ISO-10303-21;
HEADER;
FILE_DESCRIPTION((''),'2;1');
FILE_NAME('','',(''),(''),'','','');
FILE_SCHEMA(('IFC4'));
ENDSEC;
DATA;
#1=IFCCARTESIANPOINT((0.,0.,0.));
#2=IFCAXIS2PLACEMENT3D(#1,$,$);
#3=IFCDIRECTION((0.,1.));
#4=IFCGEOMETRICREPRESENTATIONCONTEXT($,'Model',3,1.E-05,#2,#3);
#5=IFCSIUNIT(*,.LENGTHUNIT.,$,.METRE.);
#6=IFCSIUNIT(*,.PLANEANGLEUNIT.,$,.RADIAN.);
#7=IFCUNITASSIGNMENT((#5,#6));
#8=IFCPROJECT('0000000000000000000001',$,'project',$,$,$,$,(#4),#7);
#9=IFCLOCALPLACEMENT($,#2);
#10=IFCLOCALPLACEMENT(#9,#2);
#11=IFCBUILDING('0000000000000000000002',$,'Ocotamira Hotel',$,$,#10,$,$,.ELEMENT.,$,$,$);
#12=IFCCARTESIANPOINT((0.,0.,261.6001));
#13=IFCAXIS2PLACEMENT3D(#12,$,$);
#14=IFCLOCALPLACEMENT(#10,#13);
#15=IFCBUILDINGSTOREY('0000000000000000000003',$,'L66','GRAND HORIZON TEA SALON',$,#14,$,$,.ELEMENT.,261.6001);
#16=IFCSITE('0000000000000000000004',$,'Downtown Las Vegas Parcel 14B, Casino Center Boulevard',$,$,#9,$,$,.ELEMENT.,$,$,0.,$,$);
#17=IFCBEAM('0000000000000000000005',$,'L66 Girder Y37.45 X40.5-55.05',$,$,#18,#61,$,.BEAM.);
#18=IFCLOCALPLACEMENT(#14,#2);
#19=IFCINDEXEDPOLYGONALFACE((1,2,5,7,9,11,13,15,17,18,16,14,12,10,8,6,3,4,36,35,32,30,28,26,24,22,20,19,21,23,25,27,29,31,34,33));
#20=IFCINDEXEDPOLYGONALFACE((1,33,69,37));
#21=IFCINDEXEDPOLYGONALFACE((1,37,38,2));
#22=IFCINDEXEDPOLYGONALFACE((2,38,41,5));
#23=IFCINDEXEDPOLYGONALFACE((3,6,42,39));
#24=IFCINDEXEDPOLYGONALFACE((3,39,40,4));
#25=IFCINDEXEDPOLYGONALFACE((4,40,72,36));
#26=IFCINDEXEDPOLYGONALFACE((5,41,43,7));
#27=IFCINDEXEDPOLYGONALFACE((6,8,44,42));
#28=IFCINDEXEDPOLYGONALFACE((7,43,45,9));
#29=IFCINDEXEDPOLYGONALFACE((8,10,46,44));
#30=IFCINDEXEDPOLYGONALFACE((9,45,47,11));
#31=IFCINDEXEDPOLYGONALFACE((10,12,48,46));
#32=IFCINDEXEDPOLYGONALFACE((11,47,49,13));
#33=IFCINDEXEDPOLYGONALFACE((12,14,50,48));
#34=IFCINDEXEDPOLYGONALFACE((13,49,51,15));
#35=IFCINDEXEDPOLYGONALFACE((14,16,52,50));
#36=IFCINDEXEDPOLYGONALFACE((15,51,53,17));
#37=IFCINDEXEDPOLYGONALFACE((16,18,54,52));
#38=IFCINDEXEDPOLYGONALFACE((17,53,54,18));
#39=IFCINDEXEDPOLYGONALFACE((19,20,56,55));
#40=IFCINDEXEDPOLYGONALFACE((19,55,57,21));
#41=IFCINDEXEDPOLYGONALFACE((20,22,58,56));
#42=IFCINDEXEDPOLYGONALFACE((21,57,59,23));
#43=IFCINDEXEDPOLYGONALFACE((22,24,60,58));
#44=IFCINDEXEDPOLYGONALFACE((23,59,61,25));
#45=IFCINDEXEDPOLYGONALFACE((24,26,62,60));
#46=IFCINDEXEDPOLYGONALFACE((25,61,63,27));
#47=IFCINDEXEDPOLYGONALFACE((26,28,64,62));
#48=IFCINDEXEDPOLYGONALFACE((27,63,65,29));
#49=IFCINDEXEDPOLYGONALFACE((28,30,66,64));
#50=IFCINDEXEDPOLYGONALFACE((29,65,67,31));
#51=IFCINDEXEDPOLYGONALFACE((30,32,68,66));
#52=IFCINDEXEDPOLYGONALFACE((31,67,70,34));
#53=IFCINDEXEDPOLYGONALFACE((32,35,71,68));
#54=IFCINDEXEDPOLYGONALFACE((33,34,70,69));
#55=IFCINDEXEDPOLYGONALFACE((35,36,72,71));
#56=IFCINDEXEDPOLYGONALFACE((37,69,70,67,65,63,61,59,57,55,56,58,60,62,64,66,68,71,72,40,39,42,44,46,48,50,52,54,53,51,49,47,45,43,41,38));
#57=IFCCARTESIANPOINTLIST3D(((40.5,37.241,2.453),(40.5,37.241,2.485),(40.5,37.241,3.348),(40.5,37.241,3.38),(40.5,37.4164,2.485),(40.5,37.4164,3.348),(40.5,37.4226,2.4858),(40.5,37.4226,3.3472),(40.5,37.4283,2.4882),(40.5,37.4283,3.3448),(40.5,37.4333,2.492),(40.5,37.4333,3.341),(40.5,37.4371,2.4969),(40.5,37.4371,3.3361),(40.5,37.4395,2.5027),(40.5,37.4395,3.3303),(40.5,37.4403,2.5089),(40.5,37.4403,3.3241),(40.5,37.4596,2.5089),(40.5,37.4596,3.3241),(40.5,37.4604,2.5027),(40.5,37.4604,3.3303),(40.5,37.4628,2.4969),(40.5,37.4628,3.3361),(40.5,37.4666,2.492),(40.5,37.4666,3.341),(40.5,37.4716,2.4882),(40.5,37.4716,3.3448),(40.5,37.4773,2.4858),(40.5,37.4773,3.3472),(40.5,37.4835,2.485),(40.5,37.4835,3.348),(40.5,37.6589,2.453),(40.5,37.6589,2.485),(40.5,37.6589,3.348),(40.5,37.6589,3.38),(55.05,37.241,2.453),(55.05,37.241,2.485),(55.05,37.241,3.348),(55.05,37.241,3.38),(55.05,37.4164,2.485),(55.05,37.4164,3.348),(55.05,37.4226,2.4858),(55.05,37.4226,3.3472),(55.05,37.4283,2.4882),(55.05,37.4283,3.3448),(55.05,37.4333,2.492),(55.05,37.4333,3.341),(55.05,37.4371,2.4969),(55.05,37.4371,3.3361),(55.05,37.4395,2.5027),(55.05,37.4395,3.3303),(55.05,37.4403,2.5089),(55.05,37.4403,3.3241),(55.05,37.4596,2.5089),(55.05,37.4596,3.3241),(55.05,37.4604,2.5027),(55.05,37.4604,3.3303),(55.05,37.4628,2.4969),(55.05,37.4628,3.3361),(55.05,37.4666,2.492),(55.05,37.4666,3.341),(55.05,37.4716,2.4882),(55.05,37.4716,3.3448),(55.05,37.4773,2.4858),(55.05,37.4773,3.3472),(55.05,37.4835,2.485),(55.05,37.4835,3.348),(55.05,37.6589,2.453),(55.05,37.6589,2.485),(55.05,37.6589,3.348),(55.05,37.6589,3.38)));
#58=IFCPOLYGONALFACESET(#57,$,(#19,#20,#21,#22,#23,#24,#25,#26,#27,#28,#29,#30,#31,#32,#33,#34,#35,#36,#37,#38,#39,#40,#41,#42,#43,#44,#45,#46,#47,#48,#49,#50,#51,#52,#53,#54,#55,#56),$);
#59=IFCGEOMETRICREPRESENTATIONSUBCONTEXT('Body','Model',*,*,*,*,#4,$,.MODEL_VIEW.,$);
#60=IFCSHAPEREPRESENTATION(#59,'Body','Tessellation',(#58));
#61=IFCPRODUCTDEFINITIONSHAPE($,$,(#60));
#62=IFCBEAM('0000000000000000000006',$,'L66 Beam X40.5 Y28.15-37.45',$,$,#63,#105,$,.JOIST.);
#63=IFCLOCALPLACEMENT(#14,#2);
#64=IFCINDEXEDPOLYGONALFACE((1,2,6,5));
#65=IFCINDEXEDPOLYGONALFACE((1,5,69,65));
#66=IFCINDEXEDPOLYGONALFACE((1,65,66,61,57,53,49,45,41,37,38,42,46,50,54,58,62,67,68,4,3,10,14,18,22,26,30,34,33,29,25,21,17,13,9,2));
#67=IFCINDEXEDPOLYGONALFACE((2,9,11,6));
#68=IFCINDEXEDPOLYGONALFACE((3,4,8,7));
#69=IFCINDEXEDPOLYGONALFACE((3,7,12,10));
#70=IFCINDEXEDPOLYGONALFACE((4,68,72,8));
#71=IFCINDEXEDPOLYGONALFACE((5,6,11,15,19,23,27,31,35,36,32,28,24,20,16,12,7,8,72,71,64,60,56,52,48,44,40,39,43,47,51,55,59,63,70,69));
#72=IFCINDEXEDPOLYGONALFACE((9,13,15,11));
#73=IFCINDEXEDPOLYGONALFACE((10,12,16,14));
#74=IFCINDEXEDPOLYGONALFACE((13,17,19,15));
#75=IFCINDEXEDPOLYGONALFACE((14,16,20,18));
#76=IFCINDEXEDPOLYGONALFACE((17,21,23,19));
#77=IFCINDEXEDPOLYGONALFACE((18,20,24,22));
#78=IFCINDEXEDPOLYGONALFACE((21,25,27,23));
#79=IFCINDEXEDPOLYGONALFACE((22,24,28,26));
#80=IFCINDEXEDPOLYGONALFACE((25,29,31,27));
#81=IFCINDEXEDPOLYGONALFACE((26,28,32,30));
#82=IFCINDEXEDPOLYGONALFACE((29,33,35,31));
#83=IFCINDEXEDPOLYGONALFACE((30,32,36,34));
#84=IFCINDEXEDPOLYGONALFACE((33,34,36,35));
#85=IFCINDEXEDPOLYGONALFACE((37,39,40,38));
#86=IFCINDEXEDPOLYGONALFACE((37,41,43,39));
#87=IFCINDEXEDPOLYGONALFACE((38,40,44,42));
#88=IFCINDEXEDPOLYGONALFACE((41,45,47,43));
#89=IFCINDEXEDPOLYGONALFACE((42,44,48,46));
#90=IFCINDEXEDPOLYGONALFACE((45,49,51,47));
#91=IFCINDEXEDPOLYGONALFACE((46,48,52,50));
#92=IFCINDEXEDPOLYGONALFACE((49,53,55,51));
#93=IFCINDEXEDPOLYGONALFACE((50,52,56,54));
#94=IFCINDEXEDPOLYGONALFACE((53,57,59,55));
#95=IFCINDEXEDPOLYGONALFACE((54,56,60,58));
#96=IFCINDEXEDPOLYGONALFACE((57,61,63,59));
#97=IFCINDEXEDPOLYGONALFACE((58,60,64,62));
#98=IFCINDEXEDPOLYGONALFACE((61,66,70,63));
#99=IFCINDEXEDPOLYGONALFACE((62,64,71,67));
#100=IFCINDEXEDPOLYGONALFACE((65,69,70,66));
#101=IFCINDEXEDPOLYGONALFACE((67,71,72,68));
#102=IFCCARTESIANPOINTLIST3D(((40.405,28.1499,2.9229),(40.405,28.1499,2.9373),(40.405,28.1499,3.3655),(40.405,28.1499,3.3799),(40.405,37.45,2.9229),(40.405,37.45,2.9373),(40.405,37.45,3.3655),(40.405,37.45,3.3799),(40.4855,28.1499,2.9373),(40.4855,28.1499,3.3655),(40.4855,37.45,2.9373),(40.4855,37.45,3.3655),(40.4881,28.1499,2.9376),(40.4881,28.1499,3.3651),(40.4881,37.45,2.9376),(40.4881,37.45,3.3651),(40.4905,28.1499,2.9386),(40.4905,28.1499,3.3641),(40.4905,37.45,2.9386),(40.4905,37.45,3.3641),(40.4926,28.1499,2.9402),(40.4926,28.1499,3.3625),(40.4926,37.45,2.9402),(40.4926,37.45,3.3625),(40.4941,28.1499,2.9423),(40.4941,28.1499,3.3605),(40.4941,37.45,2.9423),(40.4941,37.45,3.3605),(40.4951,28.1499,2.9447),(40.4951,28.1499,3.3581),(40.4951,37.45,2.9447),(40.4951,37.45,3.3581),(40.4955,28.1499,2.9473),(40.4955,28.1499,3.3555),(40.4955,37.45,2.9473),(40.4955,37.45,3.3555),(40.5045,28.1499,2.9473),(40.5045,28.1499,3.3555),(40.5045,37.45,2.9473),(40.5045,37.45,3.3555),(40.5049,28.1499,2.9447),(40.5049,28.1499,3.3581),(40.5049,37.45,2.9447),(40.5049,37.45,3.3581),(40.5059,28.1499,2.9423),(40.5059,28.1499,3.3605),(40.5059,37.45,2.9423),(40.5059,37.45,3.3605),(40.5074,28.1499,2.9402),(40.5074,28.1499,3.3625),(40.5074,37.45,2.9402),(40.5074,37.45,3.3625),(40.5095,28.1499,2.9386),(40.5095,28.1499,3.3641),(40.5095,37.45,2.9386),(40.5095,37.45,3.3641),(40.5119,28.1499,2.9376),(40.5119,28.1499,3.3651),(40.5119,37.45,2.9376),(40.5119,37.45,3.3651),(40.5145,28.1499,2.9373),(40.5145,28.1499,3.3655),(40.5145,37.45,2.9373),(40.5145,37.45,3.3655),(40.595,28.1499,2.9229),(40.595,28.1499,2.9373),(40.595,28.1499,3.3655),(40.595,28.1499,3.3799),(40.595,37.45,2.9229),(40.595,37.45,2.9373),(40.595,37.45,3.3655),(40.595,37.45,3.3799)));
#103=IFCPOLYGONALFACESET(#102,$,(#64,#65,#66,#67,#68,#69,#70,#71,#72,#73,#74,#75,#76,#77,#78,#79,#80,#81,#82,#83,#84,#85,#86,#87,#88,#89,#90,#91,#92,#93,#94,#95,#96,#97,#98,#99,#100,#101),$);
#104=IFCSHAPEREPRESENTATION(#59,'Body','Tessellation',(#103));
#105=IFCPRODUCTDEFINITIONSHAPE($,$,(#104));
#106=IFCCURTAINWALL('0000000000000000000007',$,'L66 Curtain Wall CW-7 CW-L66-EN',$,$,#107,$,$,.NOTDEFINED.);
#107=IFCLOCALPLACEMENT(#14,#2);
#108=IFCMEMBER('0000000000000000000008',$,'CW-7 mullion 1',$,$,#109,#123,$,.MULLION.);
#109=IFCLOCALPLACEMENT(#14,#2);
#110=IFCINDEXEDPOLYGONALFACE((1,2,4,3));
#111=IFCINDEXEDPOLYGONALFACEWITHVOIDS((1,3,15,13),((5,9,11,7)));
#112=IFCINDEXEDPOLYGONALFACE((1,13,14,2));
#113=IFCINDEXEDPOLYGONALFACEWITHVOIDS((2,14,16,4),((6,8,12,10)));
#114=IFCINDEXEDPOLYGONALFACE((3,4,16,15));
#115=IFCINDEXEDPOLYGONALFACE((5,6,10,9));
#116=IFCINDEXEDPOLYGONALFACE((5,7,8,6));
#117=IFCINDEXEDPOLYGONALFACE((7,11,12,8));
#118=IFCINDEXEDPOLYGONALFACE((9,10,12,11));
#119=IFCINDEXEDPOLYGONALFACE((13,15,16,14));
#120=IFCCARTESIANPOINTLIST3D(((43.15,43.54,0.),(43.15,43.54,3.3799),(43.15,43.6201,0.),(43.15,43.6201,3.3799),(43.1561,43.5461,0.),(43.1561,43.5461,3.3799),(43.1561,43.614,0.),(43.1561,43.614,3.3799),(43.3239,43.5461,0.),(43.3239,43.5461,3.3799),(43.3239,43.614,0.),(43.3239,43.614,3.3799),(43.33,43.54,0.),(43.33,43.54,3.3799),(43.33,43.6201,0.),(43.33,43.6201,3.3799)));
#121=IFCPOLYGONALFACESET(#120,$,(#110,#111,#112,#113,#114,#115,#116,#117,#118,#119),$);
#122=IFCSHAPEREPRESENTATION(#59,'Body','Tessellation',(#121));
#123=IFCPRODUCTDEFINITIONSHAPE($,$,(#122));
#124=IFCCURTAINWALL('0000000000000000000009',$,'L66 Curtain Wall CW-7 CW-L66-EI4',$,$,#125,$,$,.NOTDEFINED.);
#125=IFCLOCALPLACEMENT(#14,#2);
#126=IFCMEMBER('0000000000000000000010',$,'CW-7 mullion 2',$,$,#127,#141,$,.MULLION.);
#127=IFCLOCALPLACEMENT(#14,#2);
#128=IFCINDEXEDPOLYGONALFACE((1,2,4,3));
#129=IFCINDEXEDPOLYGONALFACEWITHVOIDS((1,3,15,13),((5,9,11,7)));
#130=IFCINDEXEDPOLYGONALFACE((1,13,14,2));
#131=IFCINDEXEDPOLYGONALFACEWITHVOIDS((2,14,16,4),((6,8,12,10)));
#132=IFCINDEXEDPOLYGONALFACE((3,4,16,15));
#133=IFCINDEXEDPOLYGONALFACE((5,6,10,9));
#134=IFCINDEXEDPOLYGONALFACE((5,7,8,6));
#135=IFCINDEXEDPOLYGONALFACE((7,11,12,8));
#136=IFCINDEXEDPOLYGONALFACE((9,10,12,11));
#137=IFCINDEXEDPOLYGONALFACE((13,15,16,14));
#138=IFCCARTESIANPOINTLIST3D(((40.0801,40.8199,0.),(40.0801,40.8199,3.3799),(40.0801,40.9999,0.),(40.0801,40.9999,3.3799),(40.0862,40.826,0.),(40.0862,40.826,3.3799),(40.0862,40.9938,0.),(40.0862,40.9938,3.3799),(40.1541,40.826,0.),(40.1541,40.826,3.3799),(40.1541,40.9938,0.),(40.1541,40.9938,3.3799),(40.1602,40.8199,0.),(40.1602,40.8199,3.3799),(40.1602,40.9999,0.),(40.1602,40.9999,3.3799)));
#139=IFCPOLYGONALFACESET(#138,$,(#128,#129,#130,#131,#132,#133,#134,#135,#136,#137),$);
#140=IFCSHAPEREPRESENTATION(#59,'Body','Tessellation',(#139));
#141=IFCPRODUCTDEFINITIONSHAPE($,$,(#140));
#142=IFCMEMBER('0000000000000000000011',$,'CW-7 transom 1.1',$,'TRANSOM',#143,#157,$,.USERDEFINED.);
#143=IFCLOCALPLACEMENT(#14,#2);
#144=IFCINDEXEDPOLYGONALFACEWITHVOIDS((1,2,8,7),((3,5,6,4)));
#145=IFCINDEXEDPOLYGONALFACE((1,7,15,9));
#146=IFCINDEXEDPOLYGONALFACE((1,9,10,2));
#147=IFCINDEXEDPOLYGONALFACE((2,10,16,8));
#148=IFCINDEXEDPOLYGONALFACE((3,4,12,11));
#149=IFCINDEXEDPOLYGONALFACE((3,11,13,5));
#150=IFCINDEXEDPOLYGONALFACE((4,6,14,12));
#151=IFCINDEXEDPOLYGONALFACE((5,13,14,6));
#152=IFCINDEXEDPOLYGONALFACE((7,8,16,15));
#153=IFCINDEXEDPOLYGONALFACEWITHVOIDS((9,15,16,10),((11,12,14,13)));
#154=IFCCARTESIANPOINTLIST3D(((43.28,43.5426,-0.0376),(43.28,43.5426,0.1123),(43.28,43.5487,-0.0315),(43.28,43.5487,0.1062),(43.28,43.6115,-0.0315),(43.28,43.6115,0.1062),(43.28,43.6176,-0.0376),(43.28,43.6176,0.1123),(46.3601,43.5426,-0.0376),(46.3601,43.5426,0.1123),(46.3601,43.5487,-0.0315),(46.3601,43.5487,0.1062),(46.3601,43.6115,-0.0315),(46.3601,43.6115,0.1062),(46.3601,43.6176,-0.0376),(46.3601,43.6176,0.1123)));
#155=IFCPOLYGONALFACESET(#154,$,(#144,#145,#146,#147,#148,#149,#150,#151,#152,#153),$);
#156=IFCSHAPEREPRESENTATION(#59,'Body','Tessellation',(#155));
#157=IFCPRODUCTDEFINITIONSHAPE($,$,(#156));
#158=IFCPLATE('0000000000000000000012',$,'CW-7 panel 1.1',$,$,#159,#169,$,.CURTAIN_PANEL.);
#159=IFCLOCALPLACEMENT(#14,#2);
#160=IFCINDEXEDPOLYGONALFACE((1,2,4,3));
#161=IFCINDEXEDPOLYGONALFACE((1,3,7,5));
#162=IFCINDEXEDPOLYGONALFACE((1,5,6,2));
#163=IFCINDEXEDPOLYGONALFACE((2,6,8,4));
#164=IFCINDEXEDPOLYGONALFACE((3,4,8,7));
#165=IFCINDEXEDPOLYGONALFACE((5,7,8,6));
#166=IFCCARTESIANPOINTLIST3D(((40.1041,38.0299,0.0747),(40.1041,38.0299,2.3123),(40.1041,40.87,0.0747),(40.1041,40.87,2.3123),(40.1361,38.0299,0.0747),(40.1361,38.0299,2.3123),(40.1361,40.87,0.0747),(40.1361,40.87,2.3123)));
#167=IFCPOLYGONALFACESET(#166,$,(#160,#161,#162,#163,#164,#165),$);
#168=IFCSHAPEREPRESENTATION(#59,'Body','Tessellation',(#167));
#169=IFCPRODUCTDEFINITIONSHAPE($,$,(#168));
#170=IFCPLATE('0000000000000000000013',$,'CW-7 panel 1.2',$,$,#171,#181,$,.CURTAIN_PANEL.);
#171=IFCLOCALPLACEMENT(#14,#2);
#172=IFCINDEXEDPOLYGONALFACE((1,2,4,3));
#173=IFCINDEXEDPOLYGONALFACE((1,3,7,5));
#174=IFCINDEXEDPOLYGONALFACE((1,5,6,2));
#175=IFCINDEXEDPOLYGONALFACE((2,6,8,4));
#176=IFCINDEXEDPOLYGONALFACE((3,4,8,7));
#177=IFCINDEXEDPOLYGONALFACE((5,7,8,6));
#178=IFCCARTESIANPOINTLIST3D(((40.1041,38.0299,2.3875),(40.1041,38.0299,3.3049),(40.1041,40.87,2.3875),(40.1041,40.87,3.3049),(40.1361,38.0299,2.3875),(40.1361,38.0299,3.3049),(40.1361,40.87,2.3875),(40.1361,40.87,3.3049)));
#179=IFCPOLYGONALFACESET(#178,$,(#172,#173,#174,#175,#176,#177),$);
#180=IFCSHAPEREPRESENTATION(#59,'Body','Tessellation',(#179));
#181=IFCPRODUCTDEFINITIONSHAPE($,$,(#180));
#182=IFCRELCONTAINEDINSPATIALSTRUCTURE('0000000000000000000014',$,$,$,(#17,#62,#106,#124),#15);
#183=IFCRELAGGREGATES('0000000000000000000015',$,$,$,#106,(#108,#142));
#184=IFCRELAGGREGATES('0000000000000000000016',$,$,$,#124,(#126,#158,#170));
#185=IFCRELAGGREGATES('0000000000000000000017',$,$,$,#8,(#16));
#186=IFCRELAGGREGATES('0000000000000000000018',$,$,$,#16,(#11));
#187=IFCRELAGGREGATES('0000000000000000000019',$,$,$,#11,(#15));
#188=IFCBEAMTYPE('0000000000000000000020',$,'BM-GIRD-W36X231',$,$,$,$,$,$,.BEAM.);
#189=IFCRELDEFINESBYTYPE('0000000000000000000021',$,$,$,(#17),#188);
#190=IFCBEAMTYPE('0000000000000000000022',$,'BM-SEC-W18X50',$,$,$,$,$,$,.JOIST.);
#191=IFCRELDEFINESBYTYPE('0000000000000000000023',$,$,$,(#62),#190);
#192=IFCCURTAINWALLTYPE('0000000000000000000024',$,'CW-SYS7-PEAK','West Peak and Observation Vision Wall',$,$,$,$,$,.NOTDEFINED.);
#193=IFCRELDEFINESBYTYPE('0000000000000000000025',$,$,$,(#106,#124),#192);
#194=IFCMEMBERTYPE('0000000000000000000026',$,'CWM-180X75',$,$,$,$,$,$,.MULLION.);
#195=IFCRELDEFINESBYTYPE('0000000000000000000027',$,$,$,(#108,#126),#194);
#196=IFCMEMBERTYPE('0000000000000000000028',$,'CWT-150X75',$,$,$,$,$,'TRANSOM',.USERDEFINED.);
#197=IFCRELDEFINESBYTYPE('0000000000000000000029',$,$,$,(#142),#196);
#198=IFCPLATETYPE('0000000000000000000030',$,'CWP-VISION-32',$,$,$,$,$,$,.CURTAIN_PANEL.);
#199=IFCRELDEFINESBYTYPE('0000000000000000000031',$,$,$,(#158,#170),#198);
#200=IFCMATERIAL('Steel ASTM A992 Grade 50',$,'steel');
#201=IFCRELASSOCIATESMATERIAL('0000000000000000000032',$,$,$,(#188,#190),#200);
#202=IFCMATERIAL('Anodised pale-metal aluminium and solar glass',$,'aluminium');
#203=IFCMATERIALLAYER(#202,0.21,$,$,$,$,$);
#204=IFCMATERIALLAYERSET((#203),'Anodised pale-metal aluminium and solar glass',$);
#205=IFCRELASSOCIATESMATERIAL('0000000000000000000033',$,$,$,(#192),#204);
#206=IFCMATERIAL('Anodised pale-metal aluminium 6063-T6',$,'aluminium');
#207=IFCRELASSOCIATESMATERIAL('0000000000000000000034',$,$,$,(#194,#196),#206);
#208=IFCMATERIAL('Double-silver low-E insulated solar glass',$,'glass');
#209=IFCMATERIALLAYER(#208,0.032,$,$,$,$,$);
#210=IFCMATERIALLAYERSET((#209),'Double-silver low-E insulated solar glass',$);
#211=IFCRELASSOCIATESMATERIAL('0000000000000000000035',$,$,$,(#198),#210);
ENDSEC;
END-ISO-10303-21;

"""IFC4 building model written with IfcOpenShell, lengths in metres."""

from ifc_helpers import new_model, si_unit, direction, frame, origin, origin_2d, place, context, subcontext, project, spatial, rectangle, hollow_rectangle, i_section, extrude, source, transform, mapped, material, layer, layer_set, material_profile, profile_set, type_object, element, aggregate, save


model = new_model("IFC4")

# Units and contexts
model_context = context("Model", 3, precision=1e-05, world=origin(), true_north=direction((0.0, 1.0)))
body_context = subcontext(model_context, "Body", "Model", "MODEL_VIEW")
ifc_project = project(units=[si_unit("LENGTHUNIT", "METRE"), si_unit("PLANEANGLEUNIT", "RADIAN")], contexts=[model_context])

# Site, building, storey
site_placement = place(None, origin())
site = spatial("IfcSite", under=ifc_project, at=site_placement, Name="Downtown Las Vegas Parcel 14B, Casino Center Boulevard", CompositionType="ELEMENT", RefElevation=0.0)
building_placement = place(site_placement, origin())
building = spatial("IfcBuilding", under=site, at=building_placement, Name="Ocotamira Hotel", CompositionType="ELEMENT")
storey_placement = place(building_placement, frame((0.0, 0.0, 261.6001)))
storey = spatial("IfcBuildingStorey", under=building, at=storey_placement, Name="L66", Description="GRAND HORIZON TEA SALON", CompositionType="ELEMENT", Elevation=261.6001)

# Beams
ifc_material_1 = material(Name="Steel ASTM A992 Grade 50", Category="steel")
ifc_material_profile_1 = material_profile(ifc_material_1, i_section(OverallWidth=0.418, OverallDepth=0.927, WebThickness=0.0193, FlangeThickness=0.032, FilletRadius=0.0239, at=origin_2d()), Name="W36X231")
ifc_profile_set_1 = profile_set([ifc_material_profile_1], Name="Steel ASTM A992 Grade 50")
beam_type_1 = type_object("IfcBeamType", Name="BM-GIRD-W36X231", PredefinedType="BEAM", material=ifc_profile_set_1)
shared_shape_1 = source(origin(), body_context, "Body", "SweptSolid", [
    extrude(i_section(OverallWidth=0.418, OverallDepth=0.927, WebThickness=0.0193, FlangeThickness=0.032, FilletRadius=0.0239, at=origin_2d()), origin(), (0.0, 0.0, 1.0), 14.55),
])
for number, where, z_axis, x_axis, name in (
    (1, (40.5, 37.45, 2.9165), (1.0, 0.0, 0.0), (0.0, 1.0, 0.0), "L66 Girder Y37.45 X40.5-55.05"),
):
    element("IfcBeam", number, at=place(storey_placement, frame(where, z_axis=z_axis, x_axis=x_axis)), inside=storey, type_object=beam_type_1, Name=name, PredefinedType="BEAM", context=body_context, shape_type="MappedRepresentation", body=[
        mapped(shared_shape_1, transform((0.0, 0.0, 0.0), scale=1.0)),
    ])
ifc_material_profile_2 = material_profile(ifc_material_1, i_section(OverallWidth=0.1899, OverallDepth=0.457, WebThickness=0.009, FlangeThickness=0.0144, FilletRadius=0.01, at=origin_2d()), Name="W18X50")
ifc_profile_set_2 = profile_set([ifc_material_profile_2], Name="Steel ASTM A992 Grade 50")
beam_type_2 = type_object("IfcBeamType", Name="BM-SEC-W18X50", PredefinedType="JOIST", material=ifc_profile_set_2)
shared_shape_2 = source(origin(), body_context, "Body", "SweptSolid", [
    extrude(i_section(OverallWidth=0.1899, OverallDepth=0.457, WebThickness=0.009, FlangeThickness=0.0144, FilletRadius=0.01, at=origin_2d()), origin(), (0.0, 0.0, 1.0), 9.3),
])
beam_1_placement = place(storey_placement, frame((40.5, 28.1499, 3.1514), z_axis=(0.0, 1.0, 0.0), x_axis=(-1.0, 0.0, 0.0)))
element("IfcBeam", 2, at=beam_1_placement, inside=storey, type_object=beam_type_2, Name="L66 Beam X40.5 Y28.15-37.45", PredefinedType="JOIST", context=body_context, shape_type="MappedRepresentation", body=[
    mapped(shared_shape_2, transform((0.0, 0.0, 0.0), scale=1.0)),
])

# Curtain walls, members
ifc_material_2 = material(Name="Anodised pale-metal aluminium and solar glass", Category="aluminium")
ifc_layer_1 = layer(ifc_material_2, 0.21)
ifc_layer_set_1 = layer_set([ifc_layer_1], Name="Anodised pale-metal aluminium and solar glass")
curtain_wall_type = type_object("IfcCurtainWallType", Name="CW-SYS7-PEAK", Description="West Peak and Observation Vision Wall", PredefinedType="NOTDEFINED", material=ifc_layer_set_1)
curtain_wall_1_placement = place(storey_placement, origin())
curtain_wall_1 = element("IfcCurtainWall", 3, at=curtain_wall_1_placement, inside=storey, type_object=curtain_wall_type, Name="L66 Curtain Wall CW-7 CW-L66-EN", PredefinedType="NOTDEFINED")
ifc_material_3 = material(Name="Anodised pale-metal aluminium 6063-T6", Category="aluminium")
ifc_material_profile_3 = material_profile(ifc_material_3, hollow_rectangle(XDim=0.0801, YDim=0.1799, WallThickness=0.0061, at=origin_2d()), Name="HSS180X80X6")
ifc_profile_set_3 = profile_set([ifc_material_profile_3], Name="Anodised pale-metal aluminium 6063-T6")
member_type_1 = type_object("IfcMemberType", Name="CWM-180X75", PredefinedType="MULLION", material=ifc_profile_set_3)
shared_shape_3 = source(origin(), body_context, "Body", "SweptSolid", [
    extrude(hollow_rectangle(XDim=0.0801, YDim=0.1799, WallThickness=0.0061, at=origin_2d()), origin(), (0.0, 0.0, 1.0), 3.3799),
])
member_1_placement = place(storey_placement, frame((43.24, 43.5801, 0.0), z_axis=(0.0, 0.0, 1.0), x_axis=(0.0, 1.0, 0.0)))
member_1 = element("IfcMember", 4, at=member_1_placement, type_object=member_type_1, Name="CW-7 mullion 1", PredefinedType="MULLION", context=body_context, shape_type="MappedRepresentation", body=[
    mapped(shared_shape_3, transform((0.0, 0.0, 0.0), scale=1.0)),
])
curtain_wall_2_placement = place(storey_placement, origin())
curtain_wall_2 = element("IfcCurtainWall", 5, at=curtain_wall_2_placement, inside=storey, type_object=curtain_wall_type, Name="L66 Curtain Wall CW-7 CW-L66-EI4", PredefinedType="NOTDEFINED")
member_2_placement = place(storey_placement, frame((40.1201, 40.9099, 0.0), z_axis=(0.0, 0.0, 1.0), x_axis=(-1.0, 0.0, 0.0)))
member_2 = element("IfcMember", 6, at=member_2_placement, type_object=member_type_1, Name="CW-7 mullion 2", PredefinedType="MULLION", context=body_context, shape_type="MappedRepresentation", body=[
    mapped(shared_shape_3, transform((0.0, 0.0, 0.0), scale=1.0)),
])

# Member
ifc_material_profile_4 = material_profile(ifc_material_3, hollow_rectangle(XDim=0.075, YDim=0.1499, WallThickness=0.0061, at=origin_2d()), Name="HSS150X75X6")
ifc_profile_set_4 = profile_set([ifc_material_profile_4], Name="Anodised pale-metal aluminium 6063-T6")
member_type_2 = type_object("IfcMemberType", Name="CWT-150X75", ElementType="TRANSOM", PredefinedType="USERDEFINED", material=ifc_profile_set_4)
shared_shape_4 = source(origin(), body_context, "Body", "SweptSolid", [
    extrude(hollow_rectangle(XDim=0.075, YDim=0.1499, WallThickness=0.0061, at=origin_2d()), origin(), (0.0, 0.0, 1.0), 3.0801),
])
member_3_placement = place(storey_placement, frame((43.28, 43.5801, 0.0374), z_axis=(1.0, 0.0, 0.0), x_axis=(0.0, 1.0, 0.0)))
member_3 = element("IfcMember", 7, at=member_3_placement, type_object=member_type_2, Name="CW-7 transom 1.1", ObjectType="TRANSOM", PredefinedType="USERDEFINED", context=body_context, shape_type="MappedRepresentation", body=[
    mapped(shared_shape_4, transform((0.0, 0.0, 0.0), scale=1.0)),
])
aggregate(curtain_wall_1, [member_1, member_3])

# Plates
ifc_material_4 = material(Name="Double-silver low-E insulated solar glass", Category="glass")
ifc_layer_2 = layer(ifc_material_4, 0.032)
ifc_layer_set_2 = layer_set([ifc_layer_2], Name="Double-silver low-E insulated solar glass")
plate_type = type_object("IfcPlateType", Name="CWP-VISION-32", PredefinedType="CURTAIN_PANEL", material=ifc_layer_set_2)
shared_shape_5 = source(origin(), body_context, "Body", "SweptSolid", [
    extrude(rectangle(XDim=2.8401, YDim=0.032, at=origin_2d()), origin(), (0.0, 0.0, 1.0), 2.2375),
])
plate_1_placement = place(storey_placement, frame((40.1201, 39.45, 0.0747), z_axis=(0.0, 0.0, 1.0), x_axis=(0.0, 1.0, 0.0)))
plate_1 = element("IfcPlate", 8, at=plate_1_placement, type_object=plate_type, Name="CW-7 panel 1.1", PredefinedType="CURTAIN_PANEL", context=body_context, shape_type="MappedRepresentation", body=[
    mapped(shared_shape_5, transform((0.0, 0.0, 0.0), scale=1.0)),
])
shared_shape_6 = source(origin(), body_context, "Body", "SweptSolid", [
    extrude(rectangle(XDim=2.8401, YDim=0.032, at=origin_2d()), origin(), (0.0, 0.0, 1.0), 0.9175),
])
plate_2_placement = place(storey_placement, frame((40.1201, 39.45, 2.3875), z_axis=(0.0, 0.0, 1.0), x_axis=(0.0, 1.0, 0.0)))
plate_2 = element("IfcPlate", 9, at=plate_2_placement, type_object=plate_type, Name="CW-7 panel 1.2", PredefinedType="CURTAIN_PANEL", context=body_context, shape_type="MappedRepresentation", body=[
    mapped(shared_shape_6, transform((0.0, 0.0, 0.0), scale=1.0)),
])
aggregate(curtain_wall_2, [member_2, plate_1, plate_2])

save(model, "model.ifc")
